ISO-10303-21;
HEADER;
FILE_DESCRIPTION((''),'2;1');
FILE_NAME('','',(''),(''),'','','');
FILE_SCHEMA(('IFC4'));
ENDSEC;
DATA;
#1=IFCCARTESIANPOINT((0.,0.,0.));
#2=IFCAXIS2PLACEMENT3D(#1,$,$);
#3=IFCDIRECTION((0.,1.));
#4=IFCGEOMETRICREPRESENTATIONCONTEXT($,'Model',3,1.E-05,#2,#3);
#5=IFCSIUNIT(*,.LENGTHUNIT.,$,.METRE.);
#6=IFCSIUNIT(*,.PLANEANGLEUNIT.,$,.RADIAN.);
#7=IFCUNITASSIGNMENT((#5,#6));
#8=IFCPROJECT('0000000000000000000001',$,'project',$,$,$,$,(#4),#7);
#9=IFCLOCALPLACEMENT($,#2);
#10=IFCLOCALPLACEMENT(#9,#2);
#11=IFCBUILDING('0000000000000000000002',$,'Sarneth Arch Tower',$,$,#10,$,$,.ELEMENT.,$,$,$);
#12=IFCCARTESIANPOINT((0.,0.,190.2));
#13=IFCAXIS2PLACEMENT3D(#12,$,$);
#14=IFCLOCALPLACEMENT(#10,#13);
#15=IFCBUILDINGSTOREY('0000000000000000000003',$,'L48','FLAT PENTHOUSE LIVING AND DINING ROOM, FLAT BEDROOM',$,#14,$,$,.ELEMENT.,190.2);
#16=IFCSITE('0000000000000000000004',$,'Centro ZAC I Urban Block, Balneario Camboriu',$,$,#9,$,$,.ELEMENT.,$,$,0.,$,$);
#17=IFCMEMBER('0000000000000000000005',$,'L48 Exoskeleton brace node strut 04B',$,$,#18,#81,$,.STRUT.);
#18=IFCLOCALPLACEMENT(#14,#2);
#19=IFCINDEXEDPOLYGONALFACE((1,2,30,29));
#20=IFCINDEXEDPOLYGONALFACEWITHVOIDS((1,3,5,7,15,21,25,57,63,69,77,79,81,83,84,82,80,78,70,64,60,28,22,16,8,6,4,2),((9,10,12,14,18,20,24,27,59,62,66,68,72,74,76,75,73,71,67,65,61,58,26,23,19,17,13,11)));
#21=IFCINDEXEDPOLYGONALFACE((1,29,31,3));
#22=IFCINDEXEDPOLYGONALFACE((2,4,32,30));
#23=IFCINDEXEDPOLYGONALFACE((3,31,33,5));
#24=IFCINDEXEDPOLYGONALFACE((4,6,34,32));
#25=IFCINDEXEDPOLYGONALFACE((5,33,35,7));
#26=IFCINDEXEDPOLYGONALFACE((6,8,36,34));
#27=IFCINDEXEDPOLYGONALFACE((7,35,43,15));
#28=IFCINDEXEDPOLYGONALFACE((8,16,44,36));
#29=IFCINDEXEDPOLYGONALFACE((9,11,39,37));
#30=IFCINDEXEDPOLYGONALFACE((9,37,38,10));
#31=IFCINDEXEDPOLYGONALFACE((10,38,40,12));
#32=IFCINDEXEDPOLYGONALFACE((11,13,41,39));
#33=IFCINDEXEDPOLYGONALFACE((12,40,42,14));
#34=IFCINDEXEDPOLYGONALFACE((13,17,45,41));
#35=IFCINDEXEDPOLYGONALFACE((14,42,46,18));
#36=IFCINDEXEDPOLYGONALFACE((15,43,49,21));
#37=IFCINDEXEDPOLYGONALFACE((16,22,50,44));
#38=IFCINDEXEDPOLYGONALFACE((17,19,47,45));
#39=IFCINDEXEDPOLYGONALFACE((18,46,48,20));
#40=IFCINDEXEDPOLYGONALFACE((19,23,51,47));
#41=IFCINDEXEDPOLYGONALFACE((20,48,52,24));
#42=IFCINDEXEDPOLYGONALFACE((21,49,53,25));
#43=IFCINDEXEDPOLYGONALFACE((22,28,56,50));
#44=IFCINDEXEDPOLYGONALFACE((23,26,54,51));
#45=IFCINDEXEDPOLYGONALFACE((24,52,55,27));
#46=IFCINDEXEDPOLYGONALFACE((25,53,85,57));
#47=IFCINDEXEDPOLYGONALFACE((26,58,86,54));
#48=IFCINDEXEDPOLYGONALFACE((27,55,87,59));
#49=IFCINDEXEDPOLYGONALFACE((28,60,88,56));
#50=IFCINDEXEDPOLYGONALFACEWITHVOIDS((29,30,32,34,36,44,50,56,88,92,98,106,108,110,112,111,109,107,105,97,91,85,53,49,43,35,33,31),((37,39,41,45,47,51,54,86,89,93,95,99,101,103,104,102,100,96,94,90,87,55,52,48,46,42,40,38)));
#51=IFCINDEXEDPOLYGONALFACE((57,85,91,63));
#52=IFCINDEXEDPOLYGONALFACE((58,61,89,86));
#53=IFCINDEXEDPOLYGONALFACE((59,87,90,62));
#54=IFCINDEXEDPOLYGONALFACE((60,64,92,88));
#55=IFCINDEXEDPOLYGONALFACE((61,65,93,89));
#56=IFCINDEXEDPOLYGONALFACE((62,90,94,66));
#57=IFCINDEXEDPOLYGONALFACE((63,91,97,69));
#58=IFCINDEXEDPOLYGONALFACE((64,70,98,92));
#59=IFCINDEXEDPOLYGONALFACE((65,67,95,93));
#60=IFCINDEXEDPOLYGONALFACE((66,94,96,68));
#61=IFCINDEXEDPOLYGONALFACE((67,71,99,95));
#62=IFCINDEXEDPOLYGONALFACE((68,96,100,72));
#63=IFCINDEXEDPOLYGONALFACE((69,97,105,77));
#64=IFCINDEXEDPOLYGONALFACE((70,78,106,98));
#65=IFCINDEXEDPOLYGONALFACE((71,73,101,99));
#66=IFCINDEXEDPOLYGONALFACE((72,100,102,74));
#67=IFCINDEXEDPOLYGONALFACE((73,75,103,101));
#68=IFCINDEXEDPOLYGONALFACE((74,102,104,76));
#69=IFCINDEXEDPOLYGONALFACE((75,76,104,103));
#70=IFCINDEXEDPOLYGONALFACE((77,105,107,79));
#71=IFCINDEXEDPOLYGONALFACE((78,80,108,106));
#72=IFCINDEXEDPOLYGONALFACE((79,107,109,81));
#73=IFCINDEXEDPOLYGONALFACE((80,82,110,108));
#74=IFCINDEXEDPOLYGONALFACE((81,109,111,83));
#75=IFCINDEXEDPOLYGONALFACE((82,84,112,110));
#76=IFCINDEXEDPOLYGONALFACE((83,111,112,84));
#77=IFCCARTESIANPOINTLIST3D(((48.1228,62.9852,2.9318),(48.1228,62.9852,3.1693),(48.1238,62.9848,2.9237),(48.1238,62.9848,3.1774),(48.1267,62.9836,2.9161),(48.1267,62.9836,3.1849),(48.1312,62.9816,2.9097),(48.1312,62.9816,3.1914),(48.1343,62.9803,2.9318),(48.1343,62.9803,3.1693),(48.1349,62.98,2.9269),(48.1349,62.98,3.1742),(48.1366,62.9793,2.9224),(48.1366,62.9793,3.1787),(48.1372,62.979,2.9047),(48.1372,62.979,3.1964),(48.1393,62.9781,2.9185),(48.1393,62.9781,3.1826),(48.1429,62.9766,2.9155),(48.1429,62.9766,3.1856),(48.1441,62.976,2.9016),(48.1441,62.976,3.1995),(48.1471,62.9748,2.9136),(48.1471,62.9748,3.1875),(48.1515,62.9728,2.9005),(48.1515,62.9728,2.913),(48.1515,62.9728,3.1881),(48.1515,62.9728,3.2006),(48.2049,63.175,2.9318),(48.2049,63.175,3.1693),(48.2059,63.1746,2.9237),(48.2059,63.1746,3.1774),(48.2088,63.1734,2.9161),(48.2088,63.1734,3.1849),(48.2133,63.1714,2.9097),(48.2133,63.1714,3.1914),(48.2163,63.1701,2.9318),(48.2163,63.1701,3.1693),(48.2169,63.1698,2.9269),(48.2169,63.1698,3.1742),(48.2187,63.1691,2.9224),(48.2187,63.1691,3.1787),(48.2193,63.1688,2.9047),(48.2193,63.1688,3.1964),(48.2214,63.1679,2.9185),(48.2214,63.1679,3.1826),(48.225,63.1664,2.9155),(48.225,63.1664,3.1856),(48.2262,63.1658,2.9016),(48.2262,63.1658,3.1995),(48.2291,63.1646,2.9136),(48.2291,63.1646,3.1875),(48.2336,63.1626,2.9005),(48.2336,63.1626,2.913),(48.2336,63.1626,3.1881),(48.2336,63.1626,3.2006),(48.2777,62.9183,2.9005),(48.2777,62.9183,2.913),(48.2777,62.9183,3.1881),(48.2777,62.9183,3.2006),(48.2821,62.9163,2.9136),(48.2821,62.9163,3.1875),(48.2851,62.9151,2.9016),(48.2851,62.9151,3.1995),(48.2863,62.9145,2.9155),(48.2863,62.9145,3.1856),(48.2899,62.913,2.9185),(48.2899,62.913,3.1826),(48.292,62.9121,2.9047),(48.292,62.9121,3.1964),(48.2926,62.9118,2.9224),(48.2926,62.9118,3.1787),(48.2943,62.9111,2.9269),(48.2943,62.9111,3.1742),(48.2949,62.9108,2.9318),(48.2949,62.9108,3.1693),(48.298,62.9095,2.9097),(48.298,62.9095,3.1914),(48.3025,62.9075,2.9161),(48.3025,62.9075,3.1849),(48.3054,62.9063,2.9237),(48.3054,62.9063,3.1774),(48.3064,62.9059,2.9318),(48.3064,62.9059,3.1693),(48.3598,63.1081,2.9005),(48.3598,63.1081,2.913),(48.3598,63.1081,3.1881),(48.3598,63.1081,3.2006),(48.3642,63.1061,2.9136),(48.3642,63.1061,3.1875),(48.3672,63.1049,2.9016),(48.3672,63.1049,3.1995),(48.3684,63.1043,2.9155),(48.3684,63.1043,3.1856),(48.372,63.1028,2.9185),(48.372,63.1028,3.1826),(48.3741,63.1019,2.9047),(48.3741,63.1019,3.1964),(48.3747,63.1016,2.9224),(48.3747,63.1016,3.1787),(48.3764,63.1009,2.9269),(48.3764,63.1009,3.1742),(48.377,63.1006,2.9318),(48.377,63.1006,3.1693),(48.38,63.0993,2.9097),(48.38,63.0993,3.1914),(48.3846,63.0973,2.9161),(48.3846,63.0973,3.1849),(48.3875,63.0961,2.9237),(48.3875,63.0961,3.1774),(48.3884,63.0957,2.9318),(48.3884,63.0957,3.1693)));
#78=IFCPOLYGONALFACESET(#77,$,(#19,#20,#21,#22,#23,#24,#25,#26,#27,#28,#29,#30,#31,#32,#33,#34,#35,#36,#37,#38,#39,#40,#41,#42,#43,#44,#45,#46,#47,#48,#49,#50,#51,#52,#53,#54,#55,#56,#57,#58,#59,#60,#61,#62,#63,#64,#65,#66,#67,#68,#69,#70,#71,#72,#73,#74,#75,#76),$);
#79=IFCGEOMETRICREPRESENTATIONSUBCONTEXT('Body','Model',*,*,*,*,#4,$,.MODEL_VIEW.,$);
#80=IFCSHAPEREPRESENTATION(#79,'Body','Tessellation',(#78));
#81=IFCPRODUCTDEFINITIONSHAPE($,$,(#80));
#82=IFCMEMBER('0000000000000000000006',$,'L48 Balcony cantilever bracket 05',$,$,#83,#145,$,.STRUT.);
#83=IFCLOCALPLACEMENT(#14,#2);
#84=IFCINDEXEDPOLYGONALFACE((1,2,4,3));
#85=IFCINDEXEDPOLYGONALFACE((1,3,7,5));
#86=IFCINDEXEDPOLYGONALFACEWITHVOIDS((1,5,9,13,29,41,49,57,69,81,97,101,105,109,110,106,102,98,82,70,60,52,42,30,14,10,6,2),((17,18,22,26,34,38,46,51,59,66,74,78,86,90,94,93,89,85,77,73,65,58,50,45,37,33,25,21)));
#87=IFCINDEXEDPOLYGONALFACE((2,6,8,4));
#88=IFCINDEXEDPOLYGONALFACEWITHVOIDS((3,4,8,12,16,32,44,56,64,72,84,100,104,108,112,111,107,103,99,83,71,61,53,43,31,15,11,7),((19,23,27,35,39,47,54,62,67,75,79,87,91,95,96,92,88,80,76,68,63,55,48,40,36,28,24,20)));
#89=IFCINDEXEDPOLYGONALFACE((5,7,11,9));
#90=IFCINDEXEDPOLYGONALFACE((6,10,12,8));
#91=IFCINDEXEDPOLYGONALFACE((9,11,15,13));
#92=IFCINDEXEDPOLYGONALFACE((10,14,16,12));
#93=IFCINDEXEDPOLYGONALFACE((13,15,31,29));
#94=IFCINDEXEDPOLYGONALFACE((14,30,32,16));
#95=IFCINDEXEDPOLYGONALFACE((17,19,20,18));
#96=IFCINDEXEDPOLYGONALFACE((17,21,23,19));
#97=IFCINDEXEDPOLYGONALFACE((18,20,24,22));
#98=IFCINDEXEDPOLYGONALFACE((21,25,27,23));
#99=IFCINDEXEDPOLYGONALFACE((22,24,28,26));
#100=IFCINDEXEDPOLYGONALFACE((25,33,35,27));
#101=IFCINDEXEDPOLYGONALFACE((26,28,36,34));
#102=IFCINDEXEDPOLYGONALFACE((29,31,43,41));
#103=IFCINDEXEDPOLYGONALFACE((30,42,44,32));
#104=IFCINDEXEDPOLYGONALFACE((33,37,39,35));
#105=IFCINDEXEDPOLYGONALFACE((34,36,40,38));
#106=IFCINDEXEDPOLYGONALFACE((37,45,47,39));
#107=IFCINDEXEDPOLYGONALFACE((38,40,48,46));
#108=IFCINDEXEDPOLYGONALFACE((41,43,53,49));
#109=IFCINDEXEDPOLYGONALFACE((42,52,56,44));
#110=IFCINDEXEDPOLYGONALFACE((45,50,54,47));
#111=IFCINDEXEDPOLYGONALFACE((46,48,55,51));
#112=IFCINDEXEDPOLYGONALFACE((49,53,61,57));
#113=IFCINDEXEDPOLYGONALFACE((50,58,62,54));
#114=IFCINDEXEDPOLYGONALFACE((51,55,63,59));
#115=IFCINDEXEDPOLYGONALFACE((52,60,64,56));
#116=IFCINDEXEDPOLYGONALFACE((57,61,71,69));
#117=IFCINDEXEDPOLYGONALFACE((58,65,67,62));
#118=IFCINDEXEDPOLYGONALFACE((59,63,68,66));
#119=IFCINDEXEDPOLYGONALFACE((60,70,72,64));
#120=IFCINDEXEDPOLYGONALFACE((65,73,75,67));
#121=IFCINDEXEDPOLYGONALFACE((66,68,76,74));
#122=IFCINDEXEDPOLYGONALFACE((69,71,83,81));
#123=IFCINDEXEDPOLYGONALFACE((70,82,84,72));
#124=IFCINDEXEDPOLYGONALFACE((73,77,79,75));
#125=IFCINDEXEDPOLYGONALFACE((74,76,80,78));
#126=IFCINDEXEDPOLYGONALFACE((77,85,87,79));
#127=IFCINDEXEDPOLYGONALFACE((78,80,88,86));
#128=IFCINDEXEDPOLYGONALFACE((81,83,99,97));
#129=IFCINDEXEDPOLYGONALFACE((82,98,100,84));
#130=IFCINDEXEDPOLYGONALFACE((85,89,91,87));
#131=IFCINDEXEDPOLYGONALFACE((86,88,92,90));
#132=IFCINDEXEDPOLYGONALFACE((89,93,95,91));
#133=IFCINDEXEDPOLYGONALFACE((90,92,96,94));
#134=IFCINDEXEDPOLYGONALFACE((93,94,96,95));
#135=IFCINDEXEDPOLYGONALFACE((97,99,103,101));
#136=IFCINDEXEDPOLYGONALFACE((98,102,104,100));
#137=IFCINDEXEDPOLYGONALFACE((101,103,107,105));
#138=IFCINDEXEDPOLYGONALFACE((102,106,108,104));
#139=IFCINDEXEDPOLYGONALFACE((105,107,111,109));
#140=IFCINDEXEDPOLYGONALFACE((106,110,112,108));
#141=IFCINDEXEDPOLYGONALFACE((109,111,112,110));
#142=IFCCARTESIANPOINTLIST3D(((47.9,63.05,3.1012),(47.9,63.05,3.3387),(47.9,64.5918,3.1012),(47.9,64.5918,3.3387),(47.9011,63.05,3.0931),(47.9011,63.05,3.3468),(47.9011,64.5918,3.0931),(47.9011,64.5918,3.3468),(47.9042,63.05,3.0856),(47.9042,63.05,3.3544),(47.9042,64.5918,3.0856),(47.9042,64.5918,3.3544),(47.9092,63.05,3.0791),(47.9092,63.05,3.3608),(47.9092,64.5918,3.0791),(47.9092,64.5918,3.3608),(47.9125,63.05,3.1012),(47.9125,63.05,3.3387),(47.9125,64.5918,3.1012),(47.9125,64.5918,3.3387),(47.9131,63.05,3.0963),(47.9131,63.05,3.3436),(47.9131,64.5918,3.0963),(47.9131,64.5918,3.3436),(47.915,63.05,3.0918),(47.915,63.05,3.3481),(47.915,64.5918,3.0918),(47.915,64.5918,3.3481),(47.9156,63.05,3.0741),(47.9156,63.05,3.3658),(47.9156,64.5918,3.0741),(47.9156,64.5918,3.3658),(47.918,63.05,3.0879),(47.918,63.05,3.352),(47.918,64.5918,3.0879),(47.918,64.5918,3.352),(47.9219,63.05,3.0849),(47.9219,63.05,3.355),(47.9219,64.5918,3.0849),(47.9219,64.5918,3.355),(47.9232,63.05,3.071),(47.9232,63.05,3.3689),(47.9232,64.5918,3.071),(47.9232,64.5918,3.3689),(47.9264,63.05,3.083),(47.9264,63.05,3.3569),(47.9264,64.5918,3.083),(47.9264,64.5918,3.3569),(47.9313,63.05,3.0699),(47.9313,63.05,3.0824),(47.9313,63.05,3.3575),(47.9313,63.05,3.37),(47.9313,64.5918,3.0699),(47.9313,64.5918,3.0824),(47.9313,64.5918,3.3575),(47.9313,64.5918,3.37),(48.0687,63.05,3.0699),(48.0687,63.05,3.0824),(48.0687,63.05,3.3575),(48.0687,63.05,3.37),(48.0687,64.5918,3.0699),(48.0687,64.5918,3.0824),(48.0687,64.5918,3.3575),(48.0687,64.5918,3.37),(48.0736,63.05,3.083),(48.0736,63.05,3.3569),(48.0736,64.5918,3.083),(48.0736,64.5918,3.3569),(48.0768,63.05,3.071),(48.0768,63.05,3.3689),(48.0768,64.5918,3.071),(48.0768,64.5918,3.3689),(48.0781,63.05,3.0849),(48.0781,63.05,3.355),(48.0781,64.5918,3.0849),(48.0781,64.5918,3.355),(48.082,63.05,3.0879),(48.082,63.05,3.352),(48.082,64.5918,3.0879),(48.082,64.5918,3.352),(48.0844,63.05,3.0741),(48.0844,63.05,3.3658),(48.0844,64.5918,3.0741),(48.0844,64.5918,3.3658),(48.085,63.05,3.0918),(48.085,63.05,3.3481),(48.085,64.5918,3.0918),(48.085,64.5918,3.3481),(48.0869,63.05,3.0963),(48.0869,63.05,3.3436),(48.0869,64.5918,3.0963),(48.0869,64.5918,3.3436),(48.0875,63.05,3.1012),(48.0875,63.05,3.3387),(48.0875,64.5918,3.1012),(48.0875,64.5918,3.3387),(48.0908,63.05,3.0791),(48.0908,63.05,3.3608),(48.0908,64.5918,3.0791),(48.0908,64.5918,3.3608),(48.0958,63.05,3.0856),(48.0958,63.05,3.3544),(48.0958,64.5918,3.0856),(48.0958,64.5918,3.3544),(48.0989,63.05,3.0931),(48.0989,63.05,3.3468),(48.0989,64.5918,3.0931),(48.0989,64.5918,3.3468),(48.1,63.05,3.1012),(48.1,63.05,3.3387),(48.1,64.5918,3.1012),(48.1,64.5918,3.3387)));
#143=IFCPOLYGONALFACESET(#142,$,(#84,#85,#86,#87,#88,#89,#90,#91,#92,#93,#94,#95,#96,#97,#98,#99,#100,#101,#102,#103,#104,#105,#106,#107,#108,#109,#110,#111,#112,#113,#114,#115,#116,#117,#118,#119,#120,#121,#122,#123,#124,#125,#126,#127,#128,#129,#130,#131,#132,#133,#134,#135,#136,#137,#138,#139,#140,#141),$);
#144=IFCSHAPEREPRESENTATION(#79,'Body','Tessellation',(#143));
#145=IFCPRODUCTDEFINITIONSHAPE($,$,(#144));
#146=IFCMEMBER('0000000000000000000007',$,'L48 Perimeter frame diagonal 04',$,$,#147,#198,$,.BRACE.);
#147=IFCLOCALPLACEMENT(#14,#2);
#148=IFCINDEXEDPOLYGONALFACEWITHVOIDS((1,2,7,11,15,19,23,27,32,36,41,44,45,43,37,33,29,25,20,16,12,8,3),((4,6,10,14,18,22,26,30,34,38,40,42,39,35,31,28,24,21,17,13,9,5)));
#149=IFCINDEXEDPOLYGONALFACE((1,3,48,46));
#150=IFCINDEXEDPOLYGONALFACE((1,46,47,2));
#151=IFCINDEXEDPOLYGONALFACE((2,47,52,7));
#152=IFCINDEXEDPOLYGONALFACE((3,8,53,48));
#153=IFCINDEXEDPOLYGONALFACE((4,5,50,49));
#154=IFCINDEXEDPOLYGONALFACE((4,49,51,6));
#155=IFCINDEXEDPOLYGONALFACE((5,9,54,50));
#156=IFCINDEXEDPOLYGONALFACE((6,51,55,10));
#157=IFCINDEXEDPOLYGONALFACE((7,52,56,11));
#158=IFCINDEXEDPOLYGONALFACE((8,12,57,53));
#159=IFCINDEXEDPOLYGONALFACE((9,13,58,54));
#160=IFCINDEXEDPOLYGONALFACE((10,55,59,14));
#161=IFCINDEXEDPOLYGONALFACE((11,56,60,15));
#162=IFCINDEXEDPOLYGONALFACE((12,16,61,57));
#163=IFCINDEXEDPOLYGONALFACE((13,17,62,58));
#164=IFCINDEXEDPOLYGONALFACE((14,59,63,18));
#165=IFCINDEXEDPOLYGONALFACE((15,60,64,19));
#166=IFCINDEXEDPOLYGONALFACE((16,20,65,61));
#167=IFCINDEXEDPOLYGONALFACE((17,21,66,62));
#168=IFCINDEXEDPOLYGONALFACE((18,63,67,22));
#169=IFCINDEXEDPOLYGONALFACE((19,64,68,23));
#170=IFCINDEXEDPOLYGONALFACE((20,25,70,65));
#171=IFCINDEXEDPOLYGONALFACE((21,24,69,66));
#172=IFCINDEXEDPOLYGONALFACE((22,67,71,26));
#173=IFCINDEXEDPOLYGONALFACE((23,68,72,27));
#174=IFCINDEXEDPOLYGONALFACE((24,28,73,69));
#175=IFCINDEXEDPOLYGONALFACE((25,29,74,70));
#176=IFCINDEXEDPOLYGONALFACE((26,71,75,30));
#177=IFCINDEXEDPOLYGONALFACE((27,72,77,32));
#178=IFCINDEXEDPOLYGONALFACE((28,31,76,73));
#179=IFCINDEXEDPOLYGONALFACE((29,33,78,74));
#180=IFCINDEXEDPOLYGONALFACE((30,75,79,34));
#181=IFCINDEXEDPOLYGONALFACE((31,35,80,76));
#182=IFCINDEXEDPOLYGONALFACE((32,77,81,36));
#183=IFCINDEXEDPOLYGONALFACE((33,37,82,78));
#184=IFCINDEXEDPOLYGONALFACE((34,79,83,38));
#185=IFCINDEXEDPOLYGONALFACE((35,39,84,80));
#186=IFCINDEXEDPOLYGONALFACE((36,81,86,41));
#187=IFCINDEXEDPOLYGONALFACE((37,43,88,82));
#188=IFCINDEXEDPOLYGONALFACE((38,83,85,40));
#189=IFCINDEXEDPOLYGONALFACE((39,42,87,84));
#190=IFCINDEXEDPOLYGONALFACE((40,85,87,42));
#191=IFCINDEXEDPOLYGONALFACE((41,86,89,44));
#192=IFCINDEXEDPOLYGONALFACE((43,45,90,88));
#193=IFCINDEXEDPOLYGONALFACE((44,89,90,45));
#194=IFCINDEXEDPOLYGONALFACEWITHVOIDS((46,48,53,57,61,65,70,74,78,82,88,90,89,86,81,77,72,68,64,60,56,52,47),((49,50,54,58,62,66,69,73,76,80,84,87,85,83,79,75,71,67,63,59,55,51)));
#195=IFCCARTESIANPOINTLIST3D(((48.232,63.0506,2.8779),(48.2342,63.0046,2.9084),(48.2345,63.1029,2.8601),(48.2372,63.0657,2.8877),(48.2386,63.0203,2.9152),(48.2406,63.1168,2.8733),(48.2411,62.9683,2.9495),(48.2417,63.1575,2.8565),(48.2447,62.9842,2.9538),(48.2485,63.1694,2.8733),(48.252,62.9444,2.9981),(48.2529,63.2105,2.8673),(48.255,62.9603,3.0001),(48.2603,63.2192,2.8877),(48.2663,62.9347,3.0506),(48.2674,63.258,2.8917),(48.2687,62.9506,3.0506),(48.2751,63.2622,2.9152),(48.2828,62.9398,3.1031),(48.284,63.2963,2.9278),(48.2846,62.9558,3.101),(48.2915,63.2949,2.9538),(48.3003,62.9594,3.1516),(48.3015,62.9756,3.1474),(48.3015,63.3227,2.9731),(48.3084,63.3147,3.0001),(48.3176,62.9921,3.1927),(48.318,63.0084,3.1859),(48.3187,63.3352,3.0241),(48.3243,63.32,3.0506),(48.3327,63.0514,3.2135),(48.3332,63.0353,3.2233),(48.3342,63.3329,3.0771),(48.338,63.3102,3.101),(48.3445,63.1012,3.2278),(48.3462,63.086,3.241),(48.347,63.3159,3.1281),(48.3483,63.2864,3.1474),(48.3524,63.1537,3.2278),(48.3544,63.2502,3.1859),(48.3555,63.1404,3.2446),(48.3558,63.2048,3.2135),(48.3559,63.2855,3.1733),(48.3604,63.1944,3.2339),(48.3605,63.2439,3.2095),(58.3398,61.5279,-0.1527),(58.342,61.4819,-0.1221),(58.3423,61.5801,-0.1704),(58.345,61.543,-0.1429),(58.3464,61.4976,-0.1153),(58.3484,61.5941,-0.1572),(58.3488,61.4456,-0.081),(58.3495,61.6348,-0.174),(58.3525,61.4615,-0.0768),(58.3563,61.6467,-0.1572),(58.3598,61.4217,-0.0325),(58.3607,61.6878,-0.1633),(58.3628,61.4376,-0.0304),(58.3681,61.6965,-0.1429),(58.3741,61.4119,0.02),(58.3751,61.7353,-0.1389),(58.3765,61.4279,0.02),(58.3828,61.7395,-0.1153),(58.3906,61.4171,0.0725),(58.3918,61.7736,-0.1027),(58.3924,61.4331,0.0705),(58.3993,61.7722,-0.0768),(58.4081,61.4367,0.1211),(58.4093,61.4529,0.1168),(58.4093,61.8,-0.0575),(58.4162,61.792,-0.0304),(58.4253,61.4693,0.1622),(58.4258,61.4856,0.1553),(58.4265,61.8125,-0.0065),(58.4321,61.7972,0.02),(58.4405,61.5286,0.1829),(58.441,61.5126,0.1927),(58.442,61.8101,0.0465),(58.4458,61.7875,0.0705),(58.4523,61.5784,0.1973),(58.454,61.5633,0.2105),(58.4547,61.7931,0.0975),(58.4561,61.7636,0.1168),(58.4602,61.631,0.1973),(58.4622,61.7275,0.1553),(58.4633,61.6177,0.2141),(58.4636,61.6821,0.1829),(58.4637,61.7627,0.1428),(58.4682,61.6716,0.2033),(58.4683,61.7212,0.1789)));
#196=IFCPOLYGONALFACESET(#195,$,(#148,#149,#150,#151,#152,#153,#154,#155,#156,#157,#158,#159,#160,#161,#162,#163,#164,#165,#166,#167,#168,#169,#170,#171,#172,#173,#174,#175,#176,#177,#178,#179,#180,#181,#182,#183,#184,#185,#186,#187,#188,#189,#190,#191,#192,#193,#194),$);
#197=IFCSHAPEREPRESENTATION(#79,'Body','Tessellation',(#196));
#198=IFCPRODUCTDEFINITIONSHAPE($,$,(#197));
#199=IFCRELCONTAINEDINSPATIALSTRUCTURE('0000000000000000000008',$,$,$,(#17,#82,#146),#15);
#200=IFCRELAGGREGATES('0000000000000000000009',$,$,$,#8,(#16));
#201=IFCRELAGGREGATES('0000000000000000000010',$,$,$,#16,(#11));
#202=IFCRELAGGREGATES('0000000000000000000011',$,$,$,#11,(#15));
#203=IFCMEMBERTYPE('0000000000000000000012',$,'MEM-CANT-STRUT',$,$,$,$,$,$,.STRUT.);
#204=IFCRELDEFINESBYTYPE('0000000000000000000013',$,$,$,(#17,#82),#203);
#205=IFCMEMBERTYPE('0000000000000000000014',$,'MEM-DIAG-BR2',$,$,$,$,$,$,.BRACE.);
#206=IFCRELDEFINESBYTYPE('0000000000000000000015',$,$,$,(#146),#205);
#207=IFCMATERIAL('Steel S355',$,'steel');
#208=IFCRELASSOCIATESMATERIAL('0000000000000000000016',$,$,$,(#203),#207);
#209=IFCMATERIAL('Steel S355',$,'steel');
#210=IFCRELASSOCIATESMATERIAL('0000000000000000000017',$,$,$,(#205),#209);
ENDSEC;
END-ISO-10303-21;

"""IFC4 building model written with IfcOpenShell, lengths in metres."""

from ifc_helpers import new_model, si_unit, direction, frame, origin, origin_2d, place, context, subcontext, project, spatial, hollow_rectangle, hollow_circle, extrude, material, material_profile, profile_set, type_object, element, save


model = new_model("IFC4")

# Units and contexts
model_context = context("Model", 3, precision=1e-05, world=origin(), true_north=direction((0.0, 1.0)))
body_context = subcontext(model_context, "Body", "Model", "MODEL_VIEW")
ifc_project = project(units=[si_unit("LENGTHUNIT", "METRE"), si_unit("PLANEANGLEUNIT", "RADIAN")], contexts=[model_context])

# Site, building, storey
site_placement = place(None, origin())
site = spatial("IfcSite", under=ifc_project, at=site_placement, Name="Centro ZAC I Urban Block, Balneario Camboriu", CompositionType="ELEMENT", RefElevation=0.0)
building_placement = place(site_placement, origin())
building = spatial("IfcBuilding", under=site, at=building_placement, Name="Sarneth Arch Tower", CompositionType="ELEMENT")
storey_placement = place(building_placement, frame((0.0, 0.0, 190.2)))
storey = spatial("IfcBuildingStorey", under=building, at=storey_placement, Name="L48", Description="FLAT PENTHOUSE LIVING AND DINING ROOM, FLAT BEDROOM", CompositionType="ELEMENT", Elevation=190.2)

# Members
ifc_material_1 = material(Name="Steel S355", Category="steel")
ifc_material_profile_1 = material_profile(ifc_material_1, hollow_rectangle(XDim=0.2, YDim=0.3, WallThickness=0.0125, InnerFilletRadius=0.0188, OuterFilletRadius=0.0312, at=origin_2d()), Name="RHS300x200x12.5")
ifc_profile_set_1 = profile_set([ifc_material_profile_1], Name="Steel S355")
member_type_1 = type_object("IfcMemberType", Name="MEM-CANT-STRUT", PredefinedType="STRUT", material=ifc_profile_set_1)
member_1_placement = place(storey_placement, frame((48.2146, 62.9456, 3.0505), z_axis=(0.396911, 0.917857, 0.0), x_axis=(-0.917857, 0.396911, 0.0)))
element("IfcMember", 1, at=member_1_placement, inside=storey, type_object=member_type_1, Name="L48 Exoskeleton brace node strut 04B", PredefinedType="STRUT", context=body_context, shape_type="SweptSolid", body=[
    extrude(hollow_rectangle(XDim=0.2, YDim=0.3, WallThickness=0.0125, InnerFilletRadius=0.0188, OuterFilletRadius=0.0312, at=origin_2d()), origin(), (0.0, 0.0, 1.0), 0.2068),
])
member_2_placement = place(storey_placement, frame((48.0, 63.05, 3.22), z_axis=(0.0, 1.0, 0.0), x_axis=(-1.0, 0.0, 0.0)))
element("IfcMember", 2, at=member_2_placement, inside=storey, type_object=member_type_1, Name="L48 Balcony cantilever bracket 05", PredefinedType="STRUT", context=body_context, shape_type="SweptSolid", body=[
    extrude(hollow_rectangle(XDim=0.2, YDim=0.3, WallThickness=0.0125, InnerFilletRadius=0.0188, OuterFilletRadius=0.0312, at=origin_2d()), origin(), (0.0, 0.0, 1.0), 1.5417),
])
ifc_material_2 = material(Name="Steel S355", Category="steel")
ifc_material_profile_2 = material_profile(ifc_material_2, hollow_circle(Radius=0.2029, WallThickness=0.0161, at=origin_2d()), Name="CHS406x16")
ifc_profile_set_2 = profile_set([ifc_material_profile_2], Name="Steel S355")
member_type_2 = type_object("IfcMemberType", Name="MEM-DIAG-BR2", PredefinedType="BRACE", material=ifc_profile_set_2)
member_3_placement = place(storey_placement, frame((58.4043, 61.6125, 0.02), z_axis=(-0.948053, 0.142823, 0.284249), x_axis=(-0.148968, -0.988842, 0.0)))
element("IfcMember", 3, at=member_3_placement, inside=storey, type_object=member_type_2, Name="L48 Perimeter frame diagonal 04", PredefinedType="BRACE", context=body_context, shape_type="SweptSolid", body=[
    extrude(hollow_circle(Radius=0.2029, WallThickness=0.0161, at=origin_2d()), origin(), (0.0, 0.0, 1.0), 10.6616),
])

save(model, "model.ifc")
